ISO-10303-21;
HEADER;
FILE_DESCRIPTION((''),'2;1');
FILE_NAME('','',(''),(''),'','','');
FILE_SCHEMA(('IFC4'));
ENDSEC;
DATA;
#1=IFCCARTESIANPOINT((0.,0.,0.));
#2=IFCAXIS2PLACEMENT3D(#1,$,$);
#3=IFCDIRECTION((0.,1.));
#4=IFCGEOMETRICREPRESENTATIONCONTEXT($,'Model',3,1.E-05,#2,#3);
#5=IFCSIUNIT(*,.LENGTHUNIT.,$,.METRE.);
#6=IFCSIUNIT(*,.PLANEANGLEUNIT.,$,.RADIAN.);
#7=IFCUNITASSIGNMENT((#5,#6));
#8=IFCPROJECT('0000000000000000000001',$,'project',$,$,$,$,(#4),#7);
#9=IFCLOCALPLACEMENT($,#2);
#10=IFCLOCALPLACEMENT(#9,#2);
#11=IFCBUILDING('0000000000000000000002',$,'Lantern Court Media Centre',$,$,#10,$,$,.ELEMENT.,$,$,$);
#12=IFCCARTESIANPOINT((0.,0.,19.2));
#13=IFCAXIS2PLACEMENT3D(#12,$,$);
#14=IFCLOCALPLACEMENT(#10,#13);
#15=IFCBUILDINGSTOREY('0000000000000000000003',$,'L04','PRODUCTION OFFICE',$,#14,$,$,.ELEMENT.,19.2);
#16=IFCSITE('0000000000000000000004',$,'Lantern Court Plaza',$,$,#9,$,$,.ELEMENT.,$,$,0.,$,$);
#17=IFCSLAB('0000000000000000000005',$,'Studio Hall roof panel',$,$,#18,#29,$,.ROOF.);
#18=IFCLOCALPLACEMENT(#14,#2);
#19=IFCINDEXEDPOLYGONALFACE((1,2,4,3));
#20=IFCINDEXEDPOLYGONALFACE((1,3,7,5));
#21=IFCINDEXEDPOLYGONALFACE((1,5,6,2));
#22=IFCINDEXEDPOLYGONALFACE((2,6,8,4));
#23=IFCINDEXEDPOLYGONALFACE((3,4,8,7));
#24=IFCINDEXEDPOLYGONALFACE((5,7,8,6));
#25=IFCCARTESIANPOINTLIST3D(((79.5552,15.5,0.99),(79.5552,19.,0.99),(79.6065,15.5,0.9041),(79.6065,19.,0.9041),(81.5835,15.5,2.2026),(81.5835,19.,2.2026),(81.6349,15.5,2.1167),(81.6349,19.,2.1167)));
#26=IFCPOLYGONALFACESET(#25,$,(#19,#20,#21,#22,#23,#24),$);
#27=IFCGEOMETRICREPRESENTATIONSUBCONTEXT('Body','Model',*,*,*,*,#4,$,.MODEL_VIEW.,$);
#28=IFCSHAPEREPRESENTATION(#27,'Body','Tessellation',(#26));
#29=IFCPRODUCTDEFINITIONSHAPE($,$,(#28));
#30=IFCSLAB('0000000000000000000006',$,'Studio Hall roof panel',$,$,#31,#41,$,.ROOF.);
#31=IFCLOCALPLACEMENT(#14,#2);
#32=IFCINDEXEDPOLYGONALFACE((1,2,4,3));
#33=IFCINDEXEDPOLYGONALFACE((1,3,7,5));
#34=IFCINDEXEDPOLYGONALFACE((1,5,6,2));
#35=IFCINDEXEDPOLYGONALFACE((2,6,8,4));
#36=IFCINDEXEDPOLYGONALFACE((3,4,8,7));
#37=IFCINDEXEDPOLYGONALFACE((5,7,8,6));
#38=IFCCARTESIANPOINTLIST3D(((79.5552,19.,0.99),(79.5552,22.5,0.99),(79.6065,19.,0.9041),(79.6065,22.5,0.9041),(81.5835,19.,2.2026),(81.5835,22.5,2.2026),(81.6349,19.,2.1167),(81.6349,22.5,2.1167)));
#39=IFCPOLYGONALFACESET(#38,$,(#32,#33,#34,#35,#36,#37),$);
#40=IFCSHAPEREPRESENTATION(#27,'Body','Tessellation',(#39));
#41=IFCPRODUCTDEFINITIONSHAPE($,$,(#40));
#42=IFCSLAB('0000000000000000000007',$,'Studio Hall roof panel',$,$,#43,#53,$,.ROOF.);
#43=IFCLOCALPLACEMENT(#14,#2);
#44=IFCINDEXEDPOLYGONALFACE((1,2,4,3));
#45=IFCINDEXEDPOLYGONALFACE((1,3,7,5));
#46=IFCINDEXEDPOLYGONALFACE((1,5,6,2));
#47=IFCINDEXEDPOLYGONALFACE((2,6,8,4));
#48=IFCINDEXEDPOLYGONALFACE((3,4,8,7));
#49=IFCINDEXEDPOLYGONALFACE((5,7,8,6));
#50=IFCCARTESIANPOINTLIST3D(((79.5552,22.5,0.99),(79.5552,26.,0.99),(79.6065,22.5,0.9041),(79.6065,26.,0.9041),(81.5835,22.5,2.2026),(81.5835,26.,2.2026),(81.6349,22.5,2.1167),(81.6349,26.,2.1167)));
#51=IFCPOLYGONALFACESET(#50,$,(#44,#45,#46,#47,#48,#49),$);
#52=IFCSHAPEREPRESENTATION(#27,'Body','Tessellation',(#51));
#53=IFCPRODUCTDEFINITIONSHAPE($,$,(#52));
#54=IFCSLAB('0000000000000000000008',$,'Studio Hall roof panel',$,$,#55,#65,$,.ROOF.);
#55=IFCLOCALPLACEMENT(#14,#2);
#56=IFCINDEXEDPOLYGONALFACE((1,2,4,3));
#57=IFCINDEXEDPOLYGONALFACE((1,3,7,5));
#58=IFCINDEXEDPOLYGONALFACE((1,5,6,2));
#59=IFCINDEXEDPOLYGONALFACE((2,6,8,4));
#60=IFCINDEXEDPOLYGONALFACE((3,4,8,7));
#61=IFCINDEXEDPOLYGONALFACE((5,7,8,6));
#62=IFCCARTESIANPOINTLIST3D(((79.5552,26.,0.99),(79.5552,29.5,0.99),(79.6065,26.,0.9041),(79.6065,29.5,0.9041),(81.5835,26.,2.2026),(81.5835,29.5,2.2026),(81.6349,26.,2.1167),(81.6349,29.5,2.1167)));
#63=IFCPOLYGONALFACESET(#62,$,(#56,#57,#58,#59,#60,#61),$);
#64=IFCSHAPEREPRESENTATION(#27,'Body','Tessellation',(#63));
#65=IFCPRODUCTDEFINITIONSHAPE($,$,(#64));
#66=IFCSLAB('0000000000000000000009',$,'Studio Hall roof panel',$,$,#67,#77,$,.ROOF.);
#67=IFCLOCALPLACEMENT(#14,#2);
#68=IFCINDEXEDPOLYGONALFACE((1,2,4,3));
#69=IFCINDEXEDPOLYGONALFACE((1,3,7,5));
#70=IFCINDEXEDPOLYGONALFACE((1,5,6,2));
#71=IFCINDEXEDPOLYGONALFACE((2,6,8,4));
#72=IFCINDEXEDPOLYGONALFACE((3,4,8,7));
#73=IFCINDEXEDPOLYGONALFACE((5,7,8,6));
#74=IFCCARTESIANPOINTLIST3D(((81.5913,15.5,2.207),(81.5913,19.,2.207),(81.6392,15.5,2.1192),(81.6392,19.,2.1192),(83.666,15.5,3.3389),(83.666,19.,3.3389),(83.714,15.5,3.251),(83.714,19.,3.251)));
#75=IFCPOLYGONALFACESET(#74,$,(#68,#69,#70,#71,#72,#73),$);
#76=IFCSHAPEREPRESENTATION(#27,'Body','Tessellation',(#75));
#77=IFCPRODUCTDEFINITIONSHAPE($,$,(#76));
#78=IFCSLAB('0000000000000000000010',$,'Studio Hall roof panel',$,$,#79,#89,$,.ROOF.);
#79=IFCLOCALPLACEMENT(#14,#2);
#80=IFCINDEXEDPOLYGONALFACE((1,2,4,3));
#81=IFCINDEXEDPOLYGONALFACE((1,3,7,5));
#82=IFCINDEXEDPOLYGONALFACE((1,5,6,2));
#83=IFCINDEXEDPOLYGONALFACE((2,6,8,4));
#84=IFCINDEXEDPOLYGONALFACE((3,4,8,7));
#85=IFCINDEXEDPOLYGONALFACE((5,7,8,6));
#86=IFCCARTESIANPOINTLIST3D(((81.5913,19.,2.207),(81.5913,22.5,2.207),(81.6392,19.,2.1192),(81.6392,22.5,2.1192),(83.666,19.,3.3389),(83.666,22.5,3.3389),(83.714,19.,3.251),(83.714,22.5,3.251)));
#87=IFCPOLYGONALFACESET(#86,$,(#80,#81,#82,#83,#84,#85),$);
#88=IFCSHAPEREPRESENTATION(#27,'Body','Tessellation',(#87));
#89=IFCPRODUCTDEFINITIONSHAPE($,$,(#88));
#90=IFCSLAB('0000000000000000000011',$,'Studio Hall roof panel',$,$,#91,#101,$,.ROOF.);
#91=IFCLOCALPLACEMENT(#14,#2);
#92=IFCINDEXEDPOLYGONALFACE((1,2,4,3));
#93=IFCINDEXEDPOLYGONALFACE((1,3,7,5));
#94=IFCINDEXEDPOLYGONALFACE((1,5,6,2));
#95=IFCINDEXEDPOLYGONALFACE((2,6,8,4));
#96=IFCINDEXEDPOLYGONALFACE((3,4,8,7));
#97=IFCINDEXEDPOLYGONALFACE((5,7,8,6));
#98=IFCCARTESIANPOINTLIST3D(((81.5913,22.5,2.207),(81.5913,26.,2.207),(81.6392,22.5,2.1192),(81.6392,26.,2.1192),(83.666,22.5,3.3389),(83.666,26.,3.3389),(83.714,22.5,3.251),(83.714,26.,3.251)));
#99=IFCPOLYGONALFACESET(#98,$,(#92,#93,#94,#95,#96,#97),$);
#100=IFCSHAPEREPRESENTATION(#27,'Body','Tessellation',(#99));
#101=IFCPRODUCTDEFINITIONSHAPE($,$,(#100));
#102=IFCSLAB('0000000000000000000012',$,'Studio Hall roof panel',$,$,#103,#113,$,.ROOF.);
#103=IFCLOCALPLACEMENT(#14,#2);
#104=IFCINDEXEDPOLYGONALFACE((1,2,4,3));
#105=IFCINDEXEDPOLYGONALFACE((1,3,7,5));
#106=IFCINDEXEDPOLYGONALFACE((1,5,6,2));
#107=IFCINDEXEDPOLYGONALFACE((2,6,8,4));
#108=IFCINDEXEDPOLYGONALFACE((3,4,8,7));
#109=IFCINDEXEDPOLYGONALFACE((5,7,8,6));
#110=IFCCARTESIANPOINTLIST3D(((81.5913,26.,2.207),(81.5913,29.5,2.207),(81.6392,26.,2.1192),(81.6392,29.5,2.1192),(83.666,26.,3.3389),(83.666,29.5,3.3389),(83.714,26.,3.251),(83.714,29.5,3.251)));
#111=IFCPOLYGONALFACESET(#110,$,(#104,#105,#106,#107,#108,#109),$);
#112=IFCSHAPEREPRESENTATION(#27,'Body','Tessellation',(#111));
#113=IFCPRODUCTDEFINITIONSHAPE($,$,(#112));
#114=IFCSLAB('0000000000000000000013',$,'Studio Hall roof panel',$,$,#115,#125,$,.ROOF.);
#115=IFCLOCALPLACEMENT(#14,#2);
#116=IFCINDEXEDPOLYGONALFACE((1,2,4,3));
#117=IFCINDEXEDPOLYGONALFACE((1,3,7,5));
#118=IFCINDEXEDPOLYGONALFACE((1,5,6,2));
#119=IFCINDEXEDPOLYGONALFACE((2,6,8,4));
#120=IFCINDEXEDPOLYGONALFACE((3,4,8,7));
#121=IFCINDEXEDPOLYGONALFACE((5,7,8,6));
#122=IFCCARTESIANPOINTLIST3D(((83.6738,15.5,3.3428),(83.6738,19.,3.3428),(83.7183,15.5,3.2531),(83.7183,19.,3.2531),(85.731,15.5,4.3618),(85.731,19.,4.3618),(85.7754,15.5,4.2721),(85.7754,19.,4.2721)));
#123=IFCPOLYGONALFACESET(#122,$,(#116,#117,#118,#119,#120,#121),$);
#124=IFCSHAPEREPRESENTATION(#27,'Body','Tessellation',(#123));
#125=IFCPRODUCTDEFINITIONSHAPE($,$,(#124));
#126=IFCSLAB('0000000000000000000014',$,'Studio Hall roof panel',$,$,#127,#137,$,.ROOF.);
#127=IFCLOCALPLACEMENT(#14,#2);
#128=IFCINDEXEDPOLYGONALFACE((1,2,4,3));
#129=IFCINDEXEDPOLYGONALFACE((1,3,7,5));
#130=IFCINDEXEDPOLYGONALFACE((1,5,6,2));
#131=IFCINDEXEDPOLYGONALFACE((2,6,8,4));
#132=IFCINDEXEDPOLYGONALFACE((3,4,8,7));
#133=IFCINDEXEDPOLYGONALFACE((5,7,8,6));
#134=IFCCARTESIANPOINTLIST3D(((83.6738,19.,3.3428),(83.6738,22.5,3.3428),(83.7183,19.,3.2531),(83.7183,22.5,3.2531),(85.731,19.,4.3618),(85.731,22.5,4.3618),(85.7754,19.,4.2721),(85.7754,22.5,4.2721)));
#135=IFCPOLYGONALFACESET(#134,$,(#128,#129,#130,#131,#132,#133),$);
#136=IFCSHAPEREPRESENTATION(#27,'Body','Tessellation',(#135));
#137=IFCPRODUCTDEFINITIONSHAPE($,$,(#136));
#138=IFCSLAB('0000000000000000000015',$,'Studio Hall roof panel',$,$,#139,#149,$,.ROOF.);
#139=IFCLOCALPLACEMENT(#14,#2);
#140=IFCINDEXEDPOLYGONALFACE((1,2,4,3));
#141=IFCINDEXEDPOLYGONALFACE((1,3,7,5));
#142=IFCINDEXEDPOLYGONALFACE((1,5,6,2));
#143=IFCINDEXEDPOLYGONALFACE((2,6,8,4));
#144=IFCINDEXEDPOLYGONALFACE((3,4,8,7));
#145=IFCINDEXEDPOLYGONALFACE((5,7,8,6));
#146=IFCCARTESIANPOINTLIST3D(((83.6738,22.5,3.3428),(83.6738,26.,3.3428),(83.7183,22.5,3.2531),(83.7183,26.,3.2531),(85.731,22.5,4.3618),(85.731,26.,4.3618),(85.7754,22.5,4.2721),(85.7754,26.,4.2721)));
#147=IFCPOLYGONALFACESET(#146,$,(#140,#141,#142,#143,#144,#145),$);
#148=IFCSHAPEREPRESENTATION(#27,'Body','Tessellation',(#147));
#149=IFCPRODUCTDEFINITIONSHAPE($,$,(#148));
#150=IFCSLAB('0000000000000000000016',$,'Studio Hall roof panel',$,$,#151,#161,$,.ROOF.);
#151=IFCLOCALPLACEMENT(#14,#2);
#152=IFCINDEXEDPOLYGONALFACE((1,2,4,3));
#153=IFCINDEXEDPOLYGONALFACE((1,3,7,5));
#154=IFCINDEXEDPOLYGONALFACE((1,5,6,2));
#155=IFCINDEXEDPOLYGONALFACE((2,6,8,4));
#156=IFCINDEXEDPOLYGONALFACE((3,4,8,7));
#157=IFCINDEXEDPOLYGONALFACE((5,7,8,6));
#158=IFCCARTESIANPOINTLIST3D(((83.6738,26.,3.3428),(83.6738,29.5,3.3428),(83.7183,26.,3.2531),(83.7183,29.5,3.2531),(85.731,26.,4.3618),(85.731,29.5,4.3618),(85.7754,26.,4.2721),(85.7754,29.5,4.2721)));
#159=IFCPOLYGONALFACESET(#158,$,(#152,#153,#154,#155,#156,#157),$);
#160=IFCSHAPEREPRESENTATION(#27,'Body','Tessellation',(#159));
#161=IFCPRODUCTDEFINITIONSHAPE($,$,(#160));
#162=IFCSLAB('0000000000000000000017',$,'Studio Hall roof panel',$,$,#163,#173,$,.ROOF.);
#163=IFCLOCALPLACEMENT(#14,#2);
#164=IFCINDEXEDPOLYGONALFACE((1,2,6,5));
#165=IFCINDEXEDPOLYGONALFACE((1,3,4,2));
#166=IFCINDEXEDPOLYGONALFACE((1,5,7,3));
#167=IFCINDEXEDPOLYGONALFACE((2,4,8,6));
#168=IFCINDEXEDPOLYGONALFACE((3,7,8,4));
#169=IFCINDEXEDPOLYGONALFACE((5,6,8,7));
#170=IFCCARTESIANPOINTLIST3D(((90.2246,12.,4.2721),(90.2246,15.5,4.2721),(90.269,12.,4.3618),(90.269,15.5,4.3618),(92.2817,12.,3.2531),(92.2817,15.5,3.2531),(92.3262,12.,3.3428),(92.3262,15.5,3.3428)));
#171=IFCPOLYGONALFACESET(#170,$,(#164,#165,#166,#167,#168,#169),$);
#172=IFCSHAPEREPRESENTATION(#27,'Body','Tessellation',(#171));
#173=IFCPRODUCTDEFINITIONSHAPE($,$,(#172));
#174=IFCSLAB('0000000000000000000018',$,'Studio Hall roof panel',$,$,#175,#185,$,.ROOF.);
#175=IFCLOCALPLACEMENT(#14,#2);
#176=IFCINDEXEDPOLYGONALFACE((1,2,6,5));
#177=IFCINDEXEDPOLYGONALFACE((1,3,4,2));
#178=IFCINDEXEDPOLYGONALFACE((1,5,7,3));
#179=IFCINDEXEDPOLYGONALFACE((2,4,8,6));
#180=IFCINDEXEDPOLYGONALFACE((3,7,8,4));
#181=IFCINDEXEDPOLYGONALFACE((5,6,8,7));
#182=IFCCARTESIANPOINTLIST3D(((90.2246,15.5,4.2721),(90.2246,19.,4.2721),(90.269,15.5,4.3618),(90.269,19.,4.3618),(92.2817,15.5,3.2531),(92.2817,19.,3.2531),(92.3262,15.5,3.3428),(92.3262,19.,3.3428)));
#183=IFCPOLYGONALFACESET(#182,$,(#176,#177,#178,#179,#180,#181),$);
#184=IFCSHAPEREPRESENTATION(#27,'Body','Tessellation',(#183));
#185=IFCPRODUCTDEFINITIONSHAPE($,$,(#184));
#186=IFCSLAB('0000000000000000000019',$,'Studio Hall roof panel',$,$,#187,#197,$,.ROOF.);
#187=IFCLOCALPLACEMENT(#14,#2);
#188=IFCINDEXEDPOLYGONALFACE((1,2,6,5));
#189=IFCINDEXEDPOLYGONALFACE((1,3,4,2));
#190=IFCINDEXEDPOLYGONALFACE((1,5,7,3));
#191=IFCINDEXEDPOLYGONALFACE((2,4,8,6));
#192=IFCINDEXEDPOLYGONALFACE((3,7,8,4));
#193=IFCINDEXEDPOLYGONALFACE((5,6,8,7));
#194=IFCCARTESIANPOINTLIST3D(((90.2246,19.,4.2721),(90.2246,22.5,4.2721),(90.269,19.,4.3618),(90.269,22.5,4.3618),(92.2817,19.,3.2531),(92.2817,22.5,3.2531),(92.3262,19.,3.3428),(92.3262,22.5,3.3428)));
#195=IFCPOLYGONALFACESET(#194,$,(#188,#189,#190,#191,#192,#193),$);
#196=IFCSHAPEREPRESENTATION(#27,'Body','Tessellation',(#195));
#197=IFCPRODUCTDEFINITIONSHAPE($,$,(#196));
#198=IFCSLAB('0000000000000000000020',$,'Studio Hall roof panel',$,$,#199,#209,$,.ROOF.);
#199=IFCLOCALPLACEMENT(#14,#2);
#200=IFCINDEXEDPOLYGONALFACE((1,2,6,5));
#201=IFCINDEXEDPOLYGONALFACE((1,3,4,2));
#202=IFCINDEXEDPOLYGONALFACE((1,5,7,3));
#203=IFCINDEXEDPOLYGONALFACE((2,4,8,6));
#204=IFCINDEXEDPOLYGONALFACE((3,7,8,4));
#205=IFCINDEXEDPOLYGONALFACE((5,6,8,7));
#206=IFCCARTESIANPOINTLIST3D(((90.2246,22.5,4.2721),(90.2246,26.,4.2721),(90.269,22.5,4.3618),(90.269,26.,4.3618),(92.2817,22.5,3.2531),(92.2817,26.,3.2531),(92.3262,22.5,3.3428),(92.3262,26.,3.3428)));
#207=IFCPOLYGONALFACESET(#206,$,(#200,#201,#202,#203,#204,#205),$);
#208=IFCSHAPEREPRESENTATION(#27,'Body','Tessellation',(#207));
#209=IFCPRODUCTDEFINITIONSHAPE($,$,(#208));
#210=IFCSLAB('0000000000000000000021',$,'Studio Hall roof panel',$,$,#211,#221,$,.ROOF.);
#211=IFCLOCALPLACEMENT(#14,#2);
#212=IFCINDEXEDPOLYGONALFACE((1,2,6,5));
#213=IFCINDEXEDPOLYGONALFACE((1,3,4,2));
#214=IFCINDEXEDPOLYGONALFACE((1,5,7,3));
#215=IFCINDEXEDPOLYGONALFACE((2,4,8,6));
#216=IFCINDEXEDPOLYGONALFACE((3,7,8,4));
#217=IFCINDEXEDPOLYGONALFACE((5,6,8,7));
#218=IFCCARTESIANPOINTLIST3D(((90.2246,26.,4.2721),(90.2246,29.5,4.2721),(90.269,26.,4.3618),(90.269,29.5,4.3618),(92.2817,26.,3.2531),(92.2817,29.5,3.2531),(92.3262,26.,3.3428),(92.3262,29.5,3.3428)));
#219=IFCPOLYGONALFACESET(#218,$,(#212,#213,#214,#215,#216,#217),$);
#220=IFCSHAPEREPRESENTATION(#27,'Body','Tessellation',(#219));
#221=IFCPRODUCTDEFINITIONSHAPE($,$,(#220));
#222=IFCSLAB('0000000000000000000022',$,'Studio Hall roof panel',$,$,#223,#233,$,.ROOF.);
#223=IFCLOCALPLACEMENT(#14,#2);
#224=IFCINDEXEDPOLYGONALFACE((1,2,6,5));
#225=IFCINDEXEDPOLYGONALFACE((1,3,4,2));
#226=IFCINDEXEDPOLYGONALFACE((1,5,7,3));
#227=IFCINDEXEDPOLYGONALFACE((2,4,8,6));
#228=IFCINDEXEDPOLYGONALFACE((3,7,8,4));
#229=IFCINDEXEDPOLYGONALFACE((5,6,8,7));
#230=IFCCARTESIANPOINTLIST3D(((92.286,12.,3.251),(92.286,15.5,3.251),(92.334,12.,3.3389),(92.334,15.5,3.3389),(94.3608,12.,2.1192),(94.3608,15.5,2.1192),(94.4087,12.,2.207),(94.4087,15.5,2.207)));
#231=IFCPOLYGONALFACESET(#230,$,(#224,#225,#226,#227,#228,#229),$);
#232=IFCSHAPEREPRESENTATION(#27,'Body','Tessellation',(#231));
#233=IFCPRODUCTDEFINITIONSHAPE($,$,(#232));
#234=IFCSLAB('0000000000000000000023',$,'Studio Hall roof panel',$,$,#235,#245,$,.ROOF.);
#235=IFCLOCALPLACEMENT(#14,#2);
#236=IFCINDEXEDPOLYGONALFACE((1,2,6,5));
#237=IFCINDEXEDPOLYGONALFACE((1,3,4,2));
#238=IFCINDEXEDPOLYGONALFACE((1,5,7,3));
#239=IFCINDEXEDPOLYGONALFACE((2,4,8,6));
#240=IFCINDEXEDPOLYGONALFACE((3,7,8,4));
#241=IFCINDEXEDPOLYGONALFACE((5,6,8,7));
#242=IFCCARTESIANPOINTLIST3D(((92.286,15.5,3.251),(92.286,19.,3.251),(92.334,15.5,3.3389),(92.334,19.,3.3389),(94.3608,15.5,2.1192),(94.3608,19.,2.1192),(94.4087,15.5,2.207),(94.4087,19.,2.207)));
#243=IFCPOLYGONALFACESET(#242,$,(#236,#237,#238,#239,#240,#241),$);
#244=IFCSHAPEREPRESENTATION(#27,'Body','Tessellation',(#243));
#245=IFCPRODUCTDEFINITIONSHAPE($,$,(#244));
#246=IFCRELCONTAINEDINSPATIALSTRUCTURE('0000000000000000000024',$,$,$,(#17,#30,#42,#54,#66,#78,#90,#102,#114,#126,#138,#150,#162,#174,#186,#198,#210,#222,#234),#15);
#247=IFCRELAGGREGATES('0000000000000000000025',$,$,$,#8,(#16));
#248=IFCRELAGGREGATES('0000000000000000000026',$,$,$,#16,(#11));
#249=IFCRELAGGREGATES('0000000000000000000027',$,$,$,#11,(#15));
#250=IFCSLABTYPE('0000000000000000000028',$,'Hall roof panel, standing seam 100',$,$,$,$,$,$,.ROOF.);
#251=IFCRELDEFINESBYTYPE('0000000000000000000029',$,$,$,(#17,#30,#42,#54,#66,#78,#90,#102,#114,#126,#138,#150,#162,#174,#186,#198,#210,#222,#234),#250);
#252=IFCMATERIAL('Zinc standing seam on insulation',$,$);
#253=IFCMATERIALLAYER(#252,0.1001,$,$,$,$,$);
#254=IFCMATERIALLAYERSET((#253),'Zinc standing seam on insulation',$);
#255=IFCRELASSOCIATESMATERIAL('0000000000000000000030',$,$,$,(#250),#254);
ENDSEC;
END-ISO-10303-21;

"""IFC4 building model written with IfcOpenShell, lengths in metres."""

from ifc_helpers import new_model, si_unit, direction, frame, origin, place, context, subcontext, project, spatial, polyline, outline, extrude, material, layer, layer_set, type_object, element, save


model = new_model("IFC4")

# Units and contexts
model_context = context("Model", 3, precision=1e-05, world=origin(), true_north=direction((0.0, 1.0)))
body_context = subcontext(model_context, "Body", "Model", "MODEL_VIEW")
ifc_project = project(units=[si_unit("LENGTHUNIT", "METRE"), si_unit("PLANEANGLEUNIT", "RADIAN")], contexts=[model_context])

# Site, building, storey
site_placement = place(None, origin())
site = spatial("IfcSite", under=ifc_project, at=site_placement, Name="Lantern Court Plaza", CompositionType="ELEMENT", RefElevation=0.0)
building_placement = place(site_placement, origin())
building = spatial("IfcBuilding", under=site, at=building_placement, Name="Lantern Court Media Centre", CompositionType="ELEMENT")
storey_placement = place(building_placement, frame((0.0, 0.0, 19.2)))
storey = spatial("IfcBuildingStorey", under=building, at=storey_placement, Name="L04", Description="PRODUCTION OFFICE", CompositionType="ELEMENT", Elevation=19.2)

# Slabs
ifc_material = material(Name="Zinc standing seam on insulation")
ifc_layer = layer(ifc_material, 0.1001)
ifc_layer_set = layer_set([ifc_layer], Name="Zinc standing seam on insulation")
slab_type = type_object("IfcSlabType", Name="Hall roof panel, standing seam 100", PredefinedType="ROOF", material=ifc_layer_set)
for number, where, z_axis, x_axis, name in (
    (1, (79.5552, 15.5, 0.99), (-0.513143, 0.0, 0.858303), (0.858303, 0.0, 0.513143), "Studio Hall roof panel"),
    (2, (79.5552, 19.0, 0.99), (-0.513143, 0.0, 0.858303), (0.858303, 0.0, 0.513143), "Studio Hall roof panel"),
    (3, (79.5552, 22.5, 0.99), (-0.513143, 0.0, 0.858303), (0.858303, 0.0, 0.513143), "Studio Hall roof panel"),
    (4, (79.5552, 26.0, 0.99), (-0.513143, 0.0, 0.858303), (0.858303, 0.0, 0.513143), "Studio Hall roof panel"),
):
    element("IfcSlab", number, at=place(storey_placement, frame(where, z_axis=z_axis, x_axis=x_axis)), inside=storey, type_object=slab_type, Name=name, PredefinedType="ROOF", context=body_context, shape_type="SweptSolid", body=[
        extrude(outline(polyline([(0.0, 0.0), (2.3632, 0.0), (2.3632, 3.5), (0.0, 3.5), (0.0, 0.0)])), origin(), (0.0, 0.0, -1.0), 0.1001),
    ])
for number, where, z_axis, x_axis, name in (
    (5, (81.5913, 15.5, 2.207), (-0.47891, 0.0, 0.877864), (0.877864, 0.0, 0.47891), "Studio Hall roof panel"),
    (6, (81.5913, 19.0, 2.207), (-0.47891, 0.0, 0.877864), (0.877864, 0.0, 0.47891), "Studio Hall roof panel"),
    (7, (81.5913, 22.5, 2.207), (-0.47891, 0.0, 0.877864), (0.877864, 0.0, 0.47891), "Studio Hall roof panel"),
    (8, (81.5913, 26.0, 2.207), (-0.47891, 0.0, 0.877864), (0.877864, 0.0, 0.47891), "Studio Hall roof panel"),
):
    element("IfcSlab", number, at=place(storey_placement, frame(where, z_axis=z_axis, x_axis=x_axis)), inside=storey, type_object=slab_type, Name=name, PredefinedType="ROOF", context=body_context, shape_type="SweptSolid", body=[
        extrude(outline(polyline([(0.0, 0.0), (2.3634, 0.0), (2.3634, 3.5), (0.0, 3.5), (0.0, 0.0)])), origin(), (0.0, 0.0, -1.0), 0.1001),
    ])
for number, where, z_axis, x_axis, name in (
    (9, (83.6738, 15.5, 3.3428), (-0.443892, 0.0, 0.89608), (0.89608, 0.0, 0.443892), "Studio Hall roof panel"),
    (10, (83.6738, 19.0, 3.3428), (-0.443892, 0.0, 0.89608), (0.89608, 0.0, 0.443892), "Studio Hall roof panel"),
    (11, (83.6738, 22.5, 3.3428), (-0.443892, 0.0, 0.89608), (0.89608, 0.0, 0.443892), "Studio Hall roof panel"),
    (12, (83.6738, 26.0, 3.3428), (-0.443892, 0.0, 0.89608), (0.89608, 0.0, 0.443892), "Studio Hall roof panel"),
    (13, (90.269, 12.0, 4.3618), (0.443892, 0.0, 0.89608), (0.89608, 0.0, -0.443892), "Studio Hall roof panel"),
    (14, (90.269, 15.5, 4.3618), (0.443892, 0.0, 0.89608), (0.89608, 0.0, -0.443892), "Studio Hall roof panel"),
    (15, (90.269, 19.0, 4.3618), (0.443892, 0.0, 0.89608), (0.89608, 0.0, -0.443892), "Studio Hall roof panel"),
    (16, (90.269, 22.5, 4.3618), (0.443892, 0.0, 0.89608), (0.89608, 0.0, -0.443892), "Studio Hall roof panel"),
    (17, (90.269, 26.0, 4.3618), (0.443892, 0.0, 0.89608), (0.89608, 0.0, -0.443892), "Studio Hall roof panel"),
):
    element("IfcSlab", number, at=place(storey_placement, frame(where, z_axis=z_axis, x_axis=x_axis)), inside=storey, type_object=slab_type, Name=name, PredefinedType="ROOF", context=body_context, shape_type="SweptSolid", body=[
        extrude(outline(polyline([(0.0, 0.0), (2.2957, 0.0), (2.2957, 3.5), (0.0, 3.5), (0.0, 0.0)])), origin(), (0.0, 0.0, -1.0), 0.1001),
    ])
for number, where, z_axis, x_axis, name in (
    (18, (92.334, 12.0, 3.3389), (0.47891, 0.0, 0.877864), (0.877864, 0.0, -0.47891), "Studio Hall roof panel"),
    (19, (92.334, 15.5, 3.3389), (0.47891, 0.0, 0.877864), (0.877864, 0.0, -0.47891), "Studio Hall roof panel"),
):
    element("IfcSlab", number, at=place(storey_placement, frame(where, z_axis=z_axis, x_axis=x_axis)), inside=storey, type_object=slab_type, Name=name, PredefinedType="ROOF", context=body_context, shape_type="SweptSolid", body=[
        extrude(outline(polyline([(0.0, 0.0), (2.3634, 0.0), (2.3634, 3.5), (0.0, 3.5), (0.0, 0.0)])), origin(), (0.0, 0.0, -1.0), 0.1001),
    ])

save(model, "model.ifc")
